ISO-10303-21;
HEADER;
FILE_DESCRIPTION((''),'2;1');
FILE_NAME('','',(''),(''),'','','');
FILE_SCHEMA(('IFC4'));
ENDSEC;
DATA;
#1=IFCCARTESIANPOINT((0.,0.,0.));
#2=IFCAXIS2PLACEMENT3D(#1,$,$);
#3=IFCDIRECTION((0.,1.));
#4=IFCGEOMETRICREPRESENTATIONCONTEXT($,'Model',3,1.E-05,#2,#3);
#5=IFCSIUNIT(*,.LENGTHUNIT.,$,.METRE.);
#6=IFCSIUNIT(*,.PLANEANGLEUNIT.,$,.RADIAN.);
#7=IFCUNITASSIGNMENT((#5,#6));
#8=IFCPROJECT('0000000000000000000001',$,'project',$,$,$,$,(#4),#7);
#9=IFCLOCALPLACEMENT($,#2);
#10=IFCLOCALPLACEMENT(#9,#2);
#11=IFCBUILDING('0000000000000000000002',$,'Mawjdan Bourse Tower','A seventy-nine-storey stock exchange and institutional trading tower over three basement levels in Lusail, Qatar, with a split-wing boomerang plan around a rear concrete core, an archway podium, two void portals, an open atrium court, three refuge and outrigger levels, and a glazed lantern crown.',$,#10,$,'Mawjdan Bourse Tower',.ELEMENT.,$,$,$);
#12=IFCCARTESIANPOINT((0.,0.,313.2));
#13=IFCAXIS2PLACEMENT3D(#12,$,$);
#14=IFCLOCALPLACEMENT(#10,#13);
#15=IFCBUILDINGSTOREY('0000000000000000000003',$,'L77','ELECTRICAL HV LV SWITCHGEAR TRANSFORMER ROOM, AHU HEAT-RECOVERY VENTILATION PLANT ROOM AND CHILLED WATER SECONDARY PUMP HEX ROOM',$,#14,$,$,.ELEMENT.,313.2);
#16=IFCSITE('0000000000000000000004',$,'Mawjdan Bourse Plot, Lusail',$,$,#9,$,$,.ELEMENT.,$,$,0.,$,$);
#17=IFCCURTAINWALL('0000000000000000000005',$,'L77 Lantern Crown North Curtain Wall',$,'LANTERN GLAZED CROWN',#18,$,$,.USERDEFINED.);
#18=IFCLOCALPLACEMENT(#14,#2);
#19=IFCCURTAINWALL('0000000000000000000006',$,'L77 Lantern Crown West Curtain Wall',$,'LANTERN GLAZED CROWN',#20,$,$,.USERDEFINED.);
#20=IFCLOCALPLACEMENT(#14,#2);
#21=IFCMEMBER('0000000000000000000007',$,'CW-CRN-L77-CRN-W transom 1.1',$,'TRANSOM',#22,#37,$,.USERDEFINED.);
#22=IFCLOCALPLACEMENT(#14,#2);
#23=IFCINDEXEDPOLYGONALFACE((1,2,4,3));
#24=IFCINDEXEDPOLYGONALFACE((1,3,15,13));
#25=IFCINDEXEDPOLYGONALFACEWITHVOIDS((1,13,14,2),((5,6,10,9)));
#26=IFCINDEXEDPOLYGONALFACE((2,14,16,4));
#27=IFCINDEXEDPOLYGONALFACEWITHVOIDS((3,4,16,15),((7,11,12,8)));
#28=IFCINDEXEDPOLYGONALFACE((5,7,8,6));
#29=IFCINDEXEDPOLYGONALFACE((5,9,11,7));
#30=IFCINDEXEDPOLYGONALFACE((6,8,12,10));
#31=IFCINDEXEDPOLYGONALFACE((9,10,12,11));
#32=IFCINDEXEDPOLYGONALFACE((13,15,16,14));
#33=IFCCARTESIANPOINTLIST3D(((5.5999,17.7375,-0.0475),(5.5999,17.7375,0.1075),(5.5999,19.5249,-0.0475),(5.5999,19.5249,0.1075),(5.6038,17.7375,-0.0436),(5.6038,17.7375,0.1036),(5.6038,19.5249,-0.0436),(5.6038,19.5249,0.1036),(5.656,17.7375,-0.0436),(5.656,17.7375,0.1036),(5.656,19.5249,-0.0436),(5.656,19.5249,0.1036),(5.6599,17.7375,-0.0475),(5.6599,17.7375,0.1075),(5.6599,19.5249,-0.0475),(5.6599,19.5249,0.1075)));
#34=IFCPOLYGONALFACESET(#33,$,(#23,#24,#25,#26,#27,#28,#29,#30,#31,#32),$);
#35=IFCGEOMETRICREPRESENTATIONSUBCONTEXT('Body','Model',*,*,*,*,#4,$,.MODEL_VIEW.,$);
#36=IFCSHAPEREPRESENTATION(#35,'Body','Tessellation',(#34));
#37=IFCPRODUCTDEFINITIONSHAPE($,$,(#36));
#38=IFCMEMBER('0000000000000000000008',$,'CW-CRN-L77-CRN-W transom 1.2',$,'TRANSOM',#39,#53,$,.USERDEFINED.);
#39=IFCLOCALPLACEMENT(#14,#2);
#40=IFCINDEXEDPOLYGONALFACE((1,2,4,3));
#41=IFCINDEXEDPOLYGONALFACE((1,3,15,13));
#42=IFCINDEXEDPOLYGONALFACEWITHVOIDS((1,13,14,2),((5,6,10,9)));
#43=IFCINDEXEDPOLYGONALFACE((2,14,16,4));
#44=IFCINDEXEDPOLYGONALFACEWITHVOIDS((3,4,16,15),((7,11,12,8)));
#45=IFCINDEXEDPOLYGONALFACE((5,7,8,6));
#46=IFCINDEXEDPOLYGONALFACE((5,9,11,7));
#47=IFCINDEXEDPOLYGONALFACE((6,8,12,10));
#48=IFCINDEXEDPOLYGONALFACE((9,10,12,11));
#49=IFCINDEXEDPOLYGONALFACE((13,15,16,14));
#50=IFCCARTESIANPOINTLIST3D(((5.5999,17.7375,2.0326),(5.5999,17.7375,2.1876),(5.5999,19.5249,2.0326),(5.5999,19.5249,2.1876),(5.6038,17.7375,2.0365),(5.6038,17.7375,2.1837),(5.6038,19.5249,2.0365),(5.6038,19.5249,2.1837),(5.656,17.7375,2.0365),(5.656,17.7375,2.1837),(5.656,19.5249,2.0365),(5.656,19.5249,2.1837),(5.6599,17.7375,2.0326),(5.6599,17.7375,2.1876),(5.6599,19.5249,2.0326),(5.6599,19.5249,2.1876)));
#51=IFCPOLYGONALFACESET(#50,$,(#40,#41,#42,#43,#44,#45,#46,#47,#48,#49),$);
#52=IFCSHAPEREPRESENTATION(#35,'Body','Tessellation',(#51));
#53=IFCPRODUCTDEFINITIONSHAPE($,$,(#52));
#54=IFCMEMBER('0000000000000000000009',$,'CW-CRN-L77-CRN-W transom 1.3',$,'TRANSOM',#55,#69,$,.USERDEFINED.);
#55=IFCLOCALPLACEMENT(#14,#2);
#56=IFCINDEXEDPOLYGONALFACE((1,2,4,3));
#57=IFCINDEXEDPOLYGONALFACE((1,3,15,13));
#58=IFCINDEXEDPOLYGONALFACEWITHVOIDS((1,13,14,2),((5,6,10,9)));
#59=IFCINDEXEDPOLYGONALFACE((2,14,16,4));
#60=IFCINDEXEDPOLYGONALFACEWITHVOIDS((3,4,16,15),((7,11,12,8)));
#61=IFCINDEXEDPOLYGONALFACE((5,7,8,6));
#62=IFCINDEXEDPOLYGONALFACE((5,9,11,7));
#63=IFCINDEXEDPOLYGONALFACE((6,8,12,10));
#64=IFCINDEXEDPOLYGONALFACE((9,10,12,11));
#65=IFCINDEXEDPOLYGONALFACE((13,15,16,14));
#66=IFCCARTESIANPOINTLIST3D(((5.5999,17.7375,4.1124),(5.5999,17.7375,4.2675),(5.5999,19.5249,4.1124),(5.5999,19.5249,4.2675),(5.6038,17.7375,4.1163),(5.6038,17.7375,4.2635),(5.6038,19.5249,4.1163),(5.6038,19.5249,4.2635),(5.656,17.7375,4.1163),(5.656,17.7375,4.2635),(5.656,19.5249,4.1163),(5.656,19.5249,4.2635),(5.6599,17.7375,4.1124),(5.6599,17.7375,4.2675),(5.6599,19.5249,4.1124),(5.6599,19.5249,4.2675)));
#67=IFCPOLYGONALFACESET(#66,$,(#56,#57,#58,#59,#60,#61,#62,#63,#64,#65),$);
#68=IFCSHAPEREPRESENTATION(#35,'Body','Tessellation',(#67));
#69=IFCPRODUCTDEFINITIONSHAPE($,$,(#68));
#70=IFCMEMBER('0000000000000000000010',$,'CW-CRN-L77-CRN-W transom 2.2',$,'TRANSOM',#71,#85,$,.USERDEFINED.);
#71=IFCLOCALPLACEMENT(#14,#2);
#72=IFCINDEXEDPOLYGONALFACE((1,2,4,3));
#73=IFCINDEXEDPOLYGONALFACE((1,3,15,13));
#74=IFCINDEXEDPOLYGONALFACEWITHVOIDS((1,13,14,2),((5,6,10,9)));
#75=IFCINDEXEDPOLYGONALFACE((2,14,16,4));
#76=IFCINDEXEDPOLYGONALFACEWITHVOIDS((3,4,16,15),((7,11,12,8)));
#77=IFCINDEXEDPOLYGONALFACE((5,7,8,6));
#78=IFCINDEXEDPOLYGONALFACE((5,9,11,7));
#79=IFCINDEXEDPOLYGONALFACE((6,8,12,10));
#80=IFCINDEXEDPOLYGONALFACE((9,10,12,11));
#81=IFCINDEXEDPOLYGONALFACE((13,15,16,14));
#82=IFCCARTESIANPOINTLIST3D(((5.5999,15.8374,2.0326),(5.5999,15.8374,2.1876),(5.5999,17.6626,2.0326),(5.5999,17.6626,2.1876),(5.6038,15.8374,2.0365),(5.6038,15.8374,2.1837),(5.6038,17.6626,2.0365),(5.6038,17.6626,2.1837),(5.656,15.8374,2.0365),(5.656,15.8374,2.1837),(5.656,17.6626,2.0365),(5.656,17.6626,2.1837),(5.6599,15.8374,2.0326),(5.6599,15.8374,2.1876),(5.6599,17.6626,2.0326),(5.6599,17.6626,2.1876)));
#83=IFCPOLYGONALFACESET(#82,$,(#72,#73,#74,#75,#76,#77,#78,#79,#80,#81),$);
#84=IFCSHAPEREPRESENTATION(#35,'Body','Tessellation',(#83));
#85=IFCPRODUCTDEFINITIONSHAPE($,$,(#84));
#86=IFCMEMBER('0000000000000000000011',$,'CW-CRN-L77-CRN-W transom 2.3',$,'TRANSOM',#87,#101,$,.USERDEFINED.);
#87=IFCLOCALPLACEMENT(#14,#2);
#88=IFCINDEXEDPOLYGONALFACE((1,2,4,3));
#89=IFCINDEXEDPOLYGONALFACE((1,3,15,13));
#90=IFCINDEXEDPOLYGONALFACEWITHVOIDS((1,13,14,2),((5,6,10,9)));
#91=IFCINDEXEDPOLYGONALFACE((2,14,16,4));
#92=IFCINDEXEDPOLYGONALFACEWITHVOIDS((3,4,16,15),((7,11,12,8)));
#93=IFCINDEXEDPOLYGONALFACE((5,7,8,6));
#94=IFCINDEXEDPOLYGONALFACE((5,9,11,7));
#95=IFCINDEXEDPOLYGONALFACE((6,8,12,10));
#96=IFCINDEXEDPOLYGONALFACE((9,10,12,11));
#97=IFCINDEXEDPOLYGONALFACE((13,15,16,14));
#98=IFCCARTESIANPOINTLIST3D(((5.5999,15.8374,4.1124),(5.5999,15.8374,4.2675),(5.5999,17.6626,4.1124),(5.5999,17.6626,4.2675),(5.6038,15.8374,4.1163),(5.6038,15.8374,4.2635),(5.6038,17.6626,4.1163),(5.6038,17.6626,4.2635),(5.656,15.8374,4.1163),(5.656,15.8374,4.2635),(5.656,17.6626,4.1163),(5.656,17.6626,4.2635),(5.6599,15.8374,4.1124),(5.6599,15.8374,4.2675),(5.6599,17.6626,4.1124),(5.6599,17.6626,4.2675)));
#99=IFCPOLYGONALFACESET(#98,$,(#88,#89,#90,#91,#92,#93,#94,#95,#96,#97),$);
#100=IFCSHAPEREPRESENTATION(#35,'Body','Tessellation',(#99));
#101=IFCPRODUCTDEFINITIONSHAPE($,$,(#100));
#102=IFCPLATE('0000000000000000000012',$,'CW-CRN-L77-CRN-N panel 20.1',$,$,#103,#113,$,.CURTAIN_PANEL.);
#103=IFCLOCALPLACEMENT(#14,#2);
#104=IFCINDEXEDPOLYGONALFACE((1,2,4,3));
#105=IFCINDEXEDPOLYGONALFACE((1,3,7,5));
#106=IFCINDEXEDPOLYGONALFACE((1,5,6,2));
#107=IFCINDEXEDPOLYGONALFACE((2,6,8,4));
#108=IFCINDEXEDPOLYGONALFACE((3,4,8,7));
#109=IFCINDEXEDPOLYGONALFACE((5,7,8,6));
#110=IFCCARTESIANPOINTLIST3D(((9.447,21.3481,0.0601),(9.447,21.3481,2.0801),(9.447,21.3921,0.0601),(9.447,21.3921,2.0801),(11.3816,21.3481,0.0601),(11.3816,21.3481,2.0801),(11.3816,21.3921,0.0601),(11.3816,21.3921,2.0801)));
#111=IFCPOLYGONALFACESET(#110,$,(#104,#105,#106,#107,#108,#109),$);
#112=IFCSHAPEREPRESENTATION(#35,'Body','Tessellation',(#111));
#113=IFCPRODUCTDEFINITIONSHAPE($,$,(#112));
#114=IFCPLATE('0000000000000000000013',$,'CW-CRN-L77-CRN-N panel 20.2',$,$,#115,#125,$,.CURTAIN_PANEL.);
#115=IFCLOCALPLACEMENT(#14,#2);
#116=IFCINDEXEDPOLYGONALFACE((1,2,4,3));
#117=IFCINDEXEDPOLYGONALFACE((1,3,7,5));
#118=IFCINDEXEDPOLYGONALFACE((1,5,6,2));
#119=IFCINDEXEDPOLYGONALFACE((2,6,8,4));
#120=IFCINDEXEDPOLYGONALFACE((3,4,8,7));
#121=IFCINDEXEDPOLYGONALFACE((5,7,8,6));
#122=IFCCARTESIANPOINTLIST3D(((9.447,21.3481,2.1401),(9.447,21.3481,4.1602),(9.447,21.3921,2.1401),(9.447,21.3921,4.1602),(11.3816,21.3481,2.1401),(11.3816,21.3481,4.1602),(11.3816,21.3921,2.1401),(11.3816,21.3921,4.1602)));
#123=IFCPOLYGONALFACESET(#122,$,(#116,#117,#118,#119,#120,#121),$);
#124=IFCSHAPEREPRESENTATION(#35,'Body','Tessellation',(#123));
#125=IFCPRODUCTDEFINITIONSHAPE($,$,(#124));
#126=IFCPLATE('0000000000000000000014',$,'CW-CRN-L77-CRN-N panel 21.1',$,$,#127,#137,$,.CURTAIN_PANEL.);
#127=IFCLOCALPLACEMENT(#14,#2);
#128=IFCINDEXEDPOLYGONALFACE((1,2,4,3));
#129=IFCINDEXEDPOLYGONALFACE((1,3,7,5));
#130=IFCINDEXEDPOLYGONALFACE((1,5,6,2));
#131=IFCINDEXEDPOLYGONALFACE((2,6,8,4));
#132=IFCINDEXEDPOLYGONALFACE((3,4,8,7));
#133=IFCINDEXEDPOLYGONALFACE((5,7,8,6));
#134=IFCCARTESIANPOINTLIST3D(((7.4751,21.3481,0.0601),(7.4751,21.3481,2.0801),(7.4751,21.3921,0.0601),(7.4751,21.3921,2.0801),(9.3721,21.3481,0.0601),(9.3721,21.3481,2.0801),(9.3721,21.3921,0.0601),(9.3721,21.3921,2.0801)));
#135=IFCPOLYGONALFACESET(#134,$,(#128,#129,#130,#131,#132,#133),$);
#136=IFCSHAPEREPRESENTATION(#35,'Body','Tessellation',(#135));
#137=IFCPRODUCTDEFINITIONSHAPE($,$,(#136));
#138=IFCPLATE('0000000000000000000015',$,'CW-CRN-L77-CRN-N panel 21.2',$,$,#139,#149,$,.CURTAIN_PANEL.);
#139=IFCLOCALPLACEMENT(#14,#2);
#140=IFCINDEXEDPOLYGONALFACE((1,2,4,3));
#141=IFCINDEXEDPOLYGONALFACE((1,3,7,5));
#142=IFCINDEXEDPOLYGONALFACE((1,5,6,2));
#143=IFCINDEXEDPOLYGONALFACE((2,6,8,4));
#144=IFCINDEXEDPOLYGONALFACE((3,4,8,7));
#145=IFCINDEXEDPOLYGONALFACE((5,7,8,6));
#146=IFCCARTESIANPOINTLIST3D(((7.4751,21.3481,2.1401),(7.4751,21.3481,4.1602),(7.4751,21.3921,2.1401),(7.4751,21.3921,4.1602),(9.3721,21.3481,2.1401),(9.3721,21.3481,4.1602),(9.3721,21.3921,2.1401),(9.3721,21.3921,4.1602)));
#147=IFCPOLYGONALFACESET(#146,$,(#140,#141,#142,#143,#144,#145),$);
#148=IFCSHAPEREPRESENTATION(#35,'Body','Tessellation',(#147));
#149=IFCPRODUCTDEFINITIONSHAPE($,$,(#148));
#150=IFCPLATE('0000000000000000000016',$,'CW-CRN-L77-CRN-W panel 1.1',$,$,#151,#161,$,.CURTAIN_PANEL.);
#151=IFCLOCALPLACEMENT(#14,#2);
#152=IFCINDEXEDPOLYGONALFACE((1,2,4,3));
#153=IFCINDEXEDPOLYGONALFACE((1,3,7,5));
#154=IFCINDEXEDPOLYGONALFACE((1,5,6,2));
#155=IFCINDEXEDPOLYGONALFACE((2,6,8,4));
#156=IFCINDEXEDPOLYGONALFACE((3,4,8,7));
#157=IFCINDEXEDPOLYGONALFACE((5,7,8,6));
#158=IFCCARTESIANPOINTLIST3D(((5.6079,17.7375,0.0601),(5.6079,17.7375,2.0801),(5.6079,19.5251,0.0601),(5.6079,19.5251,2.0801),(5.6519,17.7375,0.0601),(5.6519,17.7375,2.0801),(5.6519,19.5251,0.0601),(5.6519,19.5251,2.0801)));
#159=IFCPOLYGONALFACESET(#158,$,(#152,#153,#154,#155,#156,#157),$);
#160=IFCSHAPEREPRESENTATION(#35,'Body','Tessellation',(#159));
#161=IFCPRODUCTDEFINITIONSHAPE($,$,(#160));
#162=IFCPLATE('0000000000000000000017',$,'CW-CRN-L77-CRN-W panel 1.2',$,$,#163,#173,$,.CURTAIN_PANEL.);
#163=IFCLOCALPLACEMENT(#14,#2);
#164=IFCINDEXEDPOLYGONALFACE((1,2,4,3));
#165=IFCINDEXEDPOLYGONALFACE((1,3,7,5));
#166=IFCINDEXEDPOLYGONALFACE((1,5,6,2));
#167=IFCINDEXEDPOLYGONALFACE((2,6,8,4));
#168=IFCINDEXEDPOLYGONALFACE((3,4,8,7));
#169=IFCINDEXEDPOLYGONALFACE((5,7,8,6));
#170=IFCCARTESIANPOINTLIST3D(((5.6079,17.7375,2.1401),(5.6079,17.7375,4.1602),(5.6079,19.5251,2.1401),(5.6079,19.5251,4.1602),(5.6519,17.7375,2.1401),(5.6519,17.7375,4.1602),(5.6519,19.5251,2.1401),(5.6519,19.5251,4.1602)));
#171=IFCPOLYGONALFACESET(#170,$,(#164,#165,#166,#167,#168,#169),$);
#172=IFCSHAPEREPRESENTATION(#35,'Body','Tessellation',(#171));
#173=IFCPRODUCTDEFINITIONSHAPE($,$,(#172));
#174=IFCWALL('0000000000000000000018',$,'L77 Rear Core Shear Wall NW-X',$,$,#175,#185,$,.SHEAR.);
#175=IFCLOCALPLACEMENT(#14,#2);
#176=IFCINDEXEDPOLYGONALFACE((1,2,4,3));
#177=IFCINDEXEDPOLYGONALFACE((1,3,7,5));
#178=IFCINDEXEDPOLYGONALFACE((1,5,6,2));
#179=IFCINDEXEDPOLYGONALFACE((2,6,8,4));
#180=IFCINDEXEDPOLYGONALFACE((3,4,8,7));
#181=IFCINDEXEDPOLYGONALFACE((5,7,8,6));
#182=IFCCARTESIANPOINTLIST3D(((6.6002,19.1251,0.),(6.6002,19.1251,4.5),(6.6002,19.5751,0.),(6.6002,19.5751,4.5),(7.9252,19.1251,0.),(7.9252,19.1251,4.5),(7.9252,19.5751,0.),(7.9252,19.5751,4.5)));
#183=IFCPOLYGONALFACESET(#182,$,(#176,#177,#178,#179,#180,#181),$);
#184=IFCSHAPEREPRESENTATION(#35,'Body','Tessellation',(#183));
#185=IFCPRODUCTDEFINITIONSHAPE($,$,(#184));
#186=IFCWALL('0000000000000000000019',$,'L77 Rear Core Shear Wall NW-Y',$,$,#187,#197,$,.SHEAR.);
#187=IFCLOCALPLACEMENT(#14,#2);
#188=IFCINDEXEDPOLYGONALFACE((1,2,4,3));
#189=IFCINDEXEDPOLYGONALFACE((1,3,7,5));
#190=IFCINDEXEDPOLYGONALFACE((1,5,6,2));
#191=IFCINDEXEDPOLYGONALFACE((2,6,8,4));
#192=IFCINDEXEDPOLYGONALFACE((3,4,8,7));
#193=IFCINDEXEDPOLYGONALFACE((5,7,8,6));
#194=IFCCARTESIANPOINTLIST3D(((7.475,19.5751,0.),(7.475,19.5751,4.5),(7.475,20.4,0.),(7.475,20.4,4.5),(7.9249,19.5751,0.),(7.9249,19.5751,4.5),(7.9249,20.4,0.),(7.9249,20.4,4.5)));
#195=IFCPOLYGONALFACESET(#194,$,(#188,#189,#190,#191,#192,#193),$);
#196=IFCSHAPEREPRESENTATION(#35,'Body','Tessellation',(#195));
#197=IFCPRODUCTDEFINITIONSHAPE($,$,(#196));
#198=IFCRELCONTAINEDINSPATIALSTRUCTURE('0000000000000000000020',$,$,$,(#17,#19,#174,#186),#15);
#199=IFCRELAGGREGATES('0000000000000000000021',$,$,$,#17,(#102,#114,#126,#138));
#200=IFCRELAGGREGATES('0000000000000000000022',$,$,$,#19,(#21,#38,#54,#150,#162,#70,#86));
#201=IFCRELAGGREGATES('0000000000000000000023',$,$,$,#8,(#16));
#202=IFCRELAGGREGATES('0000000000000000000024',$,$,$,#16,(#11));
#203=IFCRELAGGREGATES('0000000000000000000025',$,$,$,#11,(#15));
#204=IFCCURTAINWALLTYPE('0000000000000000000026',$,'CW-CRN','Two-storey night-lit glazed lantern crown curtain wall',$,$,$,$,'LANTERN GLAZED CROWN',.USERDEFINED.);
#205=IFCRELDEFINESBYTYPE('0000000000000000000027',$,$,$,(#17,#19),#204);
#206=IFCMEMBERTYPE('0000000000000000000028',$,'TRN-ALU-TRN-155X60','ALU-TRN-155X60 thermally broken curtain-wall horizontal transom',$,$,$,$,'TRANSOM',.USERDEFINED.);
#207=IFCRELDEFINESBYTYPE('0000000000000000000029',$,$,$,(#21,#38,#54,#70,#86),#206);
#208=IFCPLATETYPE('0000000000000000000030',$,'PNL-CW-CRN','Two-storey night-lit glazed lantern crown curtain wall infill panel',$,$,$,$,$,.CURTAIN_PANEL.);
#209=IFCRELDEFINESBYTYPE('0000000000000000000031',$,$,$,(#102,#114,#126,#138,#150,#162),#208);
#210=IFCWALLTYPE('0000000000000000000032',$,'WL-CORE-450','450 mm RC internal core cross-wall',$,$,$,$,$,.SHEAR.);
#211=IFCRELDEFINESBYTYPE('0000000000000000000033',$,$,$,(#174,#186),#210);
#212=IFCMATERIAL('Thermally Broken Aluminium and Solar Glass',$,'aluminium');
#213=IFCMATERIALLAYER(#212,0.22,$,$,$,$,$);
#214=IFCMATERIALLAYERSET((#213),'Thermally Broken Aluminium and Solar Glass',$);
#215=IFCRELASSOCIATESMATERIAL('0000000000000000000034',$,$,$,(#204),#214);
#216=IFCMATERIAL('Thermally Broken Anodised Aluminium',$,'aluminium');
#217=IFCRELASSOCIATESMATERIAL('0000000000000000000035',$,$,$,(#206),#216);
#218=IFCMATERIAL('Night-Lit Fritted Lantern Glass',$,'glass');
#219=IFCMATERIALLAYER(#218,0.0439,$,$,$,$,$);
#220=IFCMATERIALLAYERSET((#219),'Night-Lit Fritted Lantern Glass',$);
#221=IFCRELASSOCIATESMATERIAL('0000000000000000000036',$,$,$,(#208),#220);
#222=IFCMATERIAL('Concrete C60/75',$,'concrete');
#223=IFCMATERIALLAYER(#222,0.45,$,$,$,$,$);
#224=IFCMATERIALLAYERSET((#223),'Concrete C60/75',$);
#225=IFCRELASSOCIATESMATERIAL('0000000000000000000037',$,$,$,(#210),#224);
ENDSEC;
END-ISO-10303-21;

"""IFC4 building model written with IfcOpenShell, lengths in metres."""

from ifc_helpers import new_model, si_unit, direction, frame, frame_2d, origin, origin_2d, place, context, subcontext, project, spatial, rectangle, hollow_rectangle, extrude, material, layer, layer_set, material_profile, profile_set, type_object, element, aggregate, save


model = new_model("IFC4")

# Units and contexts
model_context = context("Model", 3, precision=1e-05, world=origin(), true_north=direction((0.0, 1.0)))
body_context = subcontext(model_context, "Body", "Model", "MODEL_VIEW")
ifc_project = project(units=[si_unit("LENGTHUNIT", "METRE"), si_unit("PLANEANGLEUNIT", "RADIAN")], contexts=[model_context])

# Site, building, storey
site_placement = place(None, origin())
site = spatial("IfcSite", under=ifc_project, at=site_placement, Name="Mawjdan Bourse Plot, Lusail", CompositionType="ELEMENT", RefElevation=0.0)
building_placement = place(site_placement, origin())
building = spatial("IfcBuilding", under=site, at=building_placement, Name="Mawjdan Bourse Tower", Description="A seventy-nine-storey stock exchange and institutional trading tower over three basement levels in Lusail, Qatar, with a split-wing boomerang plan around a rear concrete core, an archway podium, two void portals, an open atrium court, three refuge and outrigger levels, and a glazed lantern crown.", LongName="Mawjdan Bourse Tower", CompositionType="ELEMENT")
storey_placement = place(building_placement, frame((0.0, 0.0, 313.2)))
storey = spatial("IfcBuildingStorey", under=building, at=storey_placement, Name="L77", Description="ELECTRICAL HV LV SWITCHGEAR TRANSFORMER ROOM, AHU HEAT-RECOVERY VENTILATION PLANT ROOM AND CHILLED WATER SECONDARY PUMP HEX ROOM", CompositionType="ELEMENT", Elevation=313.2)

# Curtain walls
ifc_material_1 = material(Name="Thermally Broken Aluminium and Solar Glass", Category="aluminium")
ifc_layer_1 = layer(ifc_material_1, 0.22)
ifc_layer_set_1 = layer_set([ifc_layer_1], Name="Thermally Broken Aluminium and Solar Glass")
curtain_wall_type = type_object("IfcCurtainWallType", Name="CW-CRN", Description="Two-storey night-lit glazed lantern crown curtain wall", ElementType="LANTERN GLAZED CROWN", PredefinedType="USERDEFINED", material=ifc_layer_set_1)
curtain_wall_1_placement = place(storey_placement, origin())
curtain_wall_1 = element("IfcCurtainWall", 1, at=curtain_wall_1_placement, inside=storey, type_object=curtain_wall_type, Name="L77 Lantern Crown North Curtain Wall", ObjectType="LANTERN GLAZED CROWN", PredefinedType="USERDEFINED")
ifc_material_2 = material(Name="Thermally Broken Anodised Aluminium", Category="aluminium")
curtain_wall_2_placement = place(storey_placement, origin())
curtain_wall_2 = element("IfcCurtainWall", 2, at=curtain_wall_2_placement, inside=storey, type_object=curtain_wall_type, Name="L77 Lantern Crown West Curtain Wall", ObjectType="LANTERN GLAZED CROWN", PredefinedType="USERDEFINED")

# Members
ifc_material_profile_1 = material_profile(ifc_material_2, hollow_rectangle(XDim=0.0601, YDim=0.155, WallThickness=0.0039, at=origin_2d()), Name="ALU-TRN-155X60")
ifc_profile_set_1 = profile_set([ifc_material_profile_1], Name="Thermally Broken Anodised Aluminium")
member_type_1 = type_object("IfcMemberType", Name="TRN-ALU-TRN-155X60", Description="ALU-TRN-155X60 thermally broken curtain-wall horizontal transom", ElementType="TRANSOM", PredefinedType="USERDEFINED", material=ifc_profile_set_1)
member_1_placement = place(storey_placement, frame((5.6299, 19.5249, 0.03), z_axis=(0.0, -1.0, 0.0), x_axis=(1.0, 0.0, 0.0)))
member_1 = element("IfcMember", 3, at=member_1_placement, type_object=member_type_1, Name="CW-CRN-L77-CRN-W transom 1.1", ObjectType="TRANSOM", PredefinedType="USERDEFINED", context=body_context, shape_type="SweptSolid", body=[
    extrude(hollow_rectangle(XDim=0.0601, YDim=0.155, WallThickness=0.0039, at=origin_2d()), origin(), (0.0, 0.0, 1.0), 1.7874),
])
member_2_placement = place(storey_placement, frame((5.6299, 19.5249, 2.1101), z_axis=(0.0, -1.0, 0.0), x_axis=(1.0, 0.0, 0.0)))
member_2 = element("IfcMember", 4, at=member_2_placement, type_object=member_type_1, Name="CW-CRN-L77-CRN-W transom 1.2", ObjectType="TRANSOM", PredefinedType="USERDEFINED", context=body_context, shape_type="SweptSolid", body=[
    extrude(hollow_rectangle(XDim=0.0601, YDim=0.155, WallThickness=0.0039, at=origin_2d()), origin(), (0.0, 0.0, 1.0), 1.7874),
])
member_3_placement = place(storey_placement, frame((5.6299, 19.5249, 4.1899), z_axis=(0.0, -1.0, 0.0), x_axis=(1.0, 0.0, 0.0)))
member_3 = element("IfcMember", 5, at=member_3_placement, type_object=member_type_1, Name="CW-CRN-L77-CRN-W transom 1.3", ObjectType="TRANSOM", PredefinedType="USERDEFINED", context=body_context, shape_type="SweptSolid", body=[
    extrude(hollow_rectangle(XDim=0.0601, YDim=0.155, WallThickness=0.0039, at=origin_2d()), origin(), (0.0, 0.0, 1.0), 1.7874),
])
member_4_placement = place(storey_placement, frame((5.6299, 17.6626, 2.1101), z_axis=(0.0, -1.0, 0.0), x_axis=(1.0, 0.0, 0.0)))
member_4 = element("IfcMember", 6, at=member_4_placement, type_object=member_type_1, Name="CW-CRN-L77-CRN-W transom 2.2", ObjectType="TRANSOM", PredefinedType="USERDEFINED", context=body_context, shape_type="SweptSolid", body=[
    extrude(hollow_rectangle(XDim=0.0601, YDim=0.155, WallThickness=0.0039, at=origin_2d()), origin(), (0.0, 0.0, 1.0), 1.8252),
])
member_5_placement = place(storey_placement, frame((5.6299, 17.6626, 4.1899), z_axis=(0.0, -1.0, 0.0), x_axis=(1.0, 0.0, 0.0)))
member_5 = element("IfcMember", 7, at=member_5_placement, type_object=member_type_1, Name="CW-CRN-L77-CRN-W transom 2.3", ObjectType="TRANSOM", PredefinedType="USERDEFINED", context=body_context, shape_type="SweptSolid", body=[
    extrude(hollow_rectangle(XDim=0.0601, YDim=0.155, WallThickness=0.0039, at=origin_2d()), origin(), (0.0, 0.0, 1.0), 1.8252),
])

# Plates
ifc_material_3 = material(Name="Night-Lit Fritted Lantern Glass", Category="glass")
ifc_layer_2 = layer(ifc_material_3, 0.0439)
ifc_layer_set_2 = layer_set([ifc_layer_2], Name="Night-Lit Fritted Lantern Glass")
plate_type = type_object("IfcPlateType", Name="PNL-CW-CRN", Description="Two-storey night-lit glazed lantern crown curtain wall infill panel", PredefinedType="CURTAIN_PANEL", material=ifc_layer_set_2)
plate_1_placement = place(storey_placement, frame((10.4143, 21.3701, 0.0601), z_axis=(0.0, 0.0, 1.0), x_axis=(-1.0, 0.0, 0.0)))
plate_1 = element("IfcPlate", 8, at=plate_1_placement, type_object=plate_type, Name="CW-CRN-L77-CRN-N panel 20.1", PredefinedType="CURTAIN_PANEL", context=body_context, shape_type="SweptSolid", body=[
    extrude(rectangle(XDim=1.9346, YDim=0.0439, at=origin_2d()), origin(), (0.0, 0.0, 1.0), 2.02),
])
plate_2_placement = place(storey_placement, frame((10.4143, 21.3701, 2.1401), z_axis=(0.0, 0.0, 1.0), x_axis=(-1.0, 0.0, 0.0)))
plate_2 = element("IfcPlate", 9, at=plate_2_placement, type_object=plate_type, Name="CW-CRN-L77-CRN-N panel 20.2", PredefinedType="CURTAIN_PANEL", context=body_context, shape_type="SweptSolid", body=[
    extrude(rectangle(XDim=1.9346, YDim=0.0439, at=origin_2d()), origin(), (0.0, 0.0, 1.0), 2.02),
])
plate_3_placement = place(storey_placement, frame((8.4236, 21.3701, 0.0601), z_axis=(0.0, 0.0, 1.0), x_axis=(-1.0, 0.0, 0.0)))
plate_3 = element("IfcPlate", 10, at=plate_3_placement, type_object=plate_type, Name="CW-CRN-L77-CRN-N panel 21.1", PredefinedType="CURTAIN_PANEL", context=body_context, shape_type="SweptSolid", body=[
    extrude(rectangle(XDim=1.897, YDim=0.0439, at=origin_2d()), origin(), (0.0, 0.0, 1.0), 2.02),
])
plate_4_placement = place(storey_placement, frame((8.4236, 21.3701, 2.1401), z_axis=(0.0, 0.0, 1.0), x_axis=(-1.0, 0.0, 0.0)))
plate_4 = element("IfcPlate", 11, at=plate_4_placement, type_object=plate_type, Name="CW-CRN-L77-CRN-N panel 21.2", PredefinedType="CURTAIN_PANEL", context=body_context, shape_type="SweptSolid", body=[
    extrude(rectangle(XDim=1.897, YDim=0.0439, at=origin_2d()), origin(), (0.0, 0.0, 1.0), 2.02),
])
aggregate(curtain_wall_1, [plate_1, plate_2, plate_3, plate_4])
plate_5_placement = place(storey_placement, frame((5.6299, 18.6313, 0.0601), z_axis=(0.0, 0.0, 1.0), x_axis=(0.0, -1.0, 0.0)))
plate_5 = element("IfcPlate", 12, at=plate_5_placement, type_object=plate_type, Name="CW-CRN-L77-CRN-W panel 1.1", PredefinedType="CURTAIN_PANEL", context=body_context, shape_type="SweptSolid", body=[
    extrude(rectangle(XDim=1.7876, YDim=0.0439, at=origin_2d()), origin(), (0.0, 0.0, 1.0), 2.02),
])
plate_6_placement = place(storey_placement, frame((5.6299, 18.6313, 2.1401), z_axis=(0.0, 0.0, 1.0), x_axis=(0.0, -1.0, 0.0)))
plate_6 = element("IfcPlate", 13, at=plate_6_placement, type_object=plate_type, Name="CW-CRN-L77-CRN-W panel 1.2", PredefinedType="CURTAIN_PANEL", context=body_context, shape_type="SweptSolid", body=[
    extrude(rectangle(XDim=1.7876, YDim=0.0439, at=origin_2d()), origin(), (0.0, 0.0, 1.0), 2.02),
])
aggregate(curtain_wall_2, [member_1, member_2, member_3, plate_5, plate_6, member_4, member_5])

# Walls
ifc_material_4 = material(Name="Concrete C60/75", Category="concrete")
ifc_layer_3 = layer(ifc_material_4, 0.45)
ifc_layer_set_3 = layer_set([ifc_layer_3], Name="Concrete C60/75")
wall_type_1 = type_object("IfcWallType", Name="WL-CORE-450", Description="450 mm RC internal core cross-wall", PredefinedType="SHEAR", material=ifc_layer_set_3)
wall_1_placement = place(storey_placement, frame((6.6001, 19.3501, 0.0), z_axis=(0.0, 0.0, 1.0), x_axis=(1.0, 0.0, 0.0)))
element("IfcWall", 14, at=wall_1_placement, inside=storey, type_object=wall_type_1, Name="L77 Rear Core Shear Wall NW-X", PredefinedType="SHEAR", context=body_context, shape_type="SweptSolid", body=[
    extrude(rectangle(XDim=1.325, YDim=0.45, at=frame_2d((0.6626, 0.0))), origin(), (0.0, 0.0, 1.0), 4.5),
])
wall_2_placement = place(storey_placement, frame((7.7, 19.575, 0.0), z_axis=(0.0, 0.0, 1.0), x_axis=(0.0, 1.0, 0.0)))
element("IfcWall", 15, at=wall_2_placement, inside=storey, type_object=wall_type_1, Name="L77 Rear Core Shear Wall NW-Y", PredefinedType="SHEAR", context=body_context, shape_type="SweptSolid", body=[
    extrude(rectangle(XDim=0.825, YDim=0.45, at=frame_2d((0.4126, 0.0))), origin(), (0.0, 0.0, 1.0), 4.5),
])

save(model, "model.ifc")
